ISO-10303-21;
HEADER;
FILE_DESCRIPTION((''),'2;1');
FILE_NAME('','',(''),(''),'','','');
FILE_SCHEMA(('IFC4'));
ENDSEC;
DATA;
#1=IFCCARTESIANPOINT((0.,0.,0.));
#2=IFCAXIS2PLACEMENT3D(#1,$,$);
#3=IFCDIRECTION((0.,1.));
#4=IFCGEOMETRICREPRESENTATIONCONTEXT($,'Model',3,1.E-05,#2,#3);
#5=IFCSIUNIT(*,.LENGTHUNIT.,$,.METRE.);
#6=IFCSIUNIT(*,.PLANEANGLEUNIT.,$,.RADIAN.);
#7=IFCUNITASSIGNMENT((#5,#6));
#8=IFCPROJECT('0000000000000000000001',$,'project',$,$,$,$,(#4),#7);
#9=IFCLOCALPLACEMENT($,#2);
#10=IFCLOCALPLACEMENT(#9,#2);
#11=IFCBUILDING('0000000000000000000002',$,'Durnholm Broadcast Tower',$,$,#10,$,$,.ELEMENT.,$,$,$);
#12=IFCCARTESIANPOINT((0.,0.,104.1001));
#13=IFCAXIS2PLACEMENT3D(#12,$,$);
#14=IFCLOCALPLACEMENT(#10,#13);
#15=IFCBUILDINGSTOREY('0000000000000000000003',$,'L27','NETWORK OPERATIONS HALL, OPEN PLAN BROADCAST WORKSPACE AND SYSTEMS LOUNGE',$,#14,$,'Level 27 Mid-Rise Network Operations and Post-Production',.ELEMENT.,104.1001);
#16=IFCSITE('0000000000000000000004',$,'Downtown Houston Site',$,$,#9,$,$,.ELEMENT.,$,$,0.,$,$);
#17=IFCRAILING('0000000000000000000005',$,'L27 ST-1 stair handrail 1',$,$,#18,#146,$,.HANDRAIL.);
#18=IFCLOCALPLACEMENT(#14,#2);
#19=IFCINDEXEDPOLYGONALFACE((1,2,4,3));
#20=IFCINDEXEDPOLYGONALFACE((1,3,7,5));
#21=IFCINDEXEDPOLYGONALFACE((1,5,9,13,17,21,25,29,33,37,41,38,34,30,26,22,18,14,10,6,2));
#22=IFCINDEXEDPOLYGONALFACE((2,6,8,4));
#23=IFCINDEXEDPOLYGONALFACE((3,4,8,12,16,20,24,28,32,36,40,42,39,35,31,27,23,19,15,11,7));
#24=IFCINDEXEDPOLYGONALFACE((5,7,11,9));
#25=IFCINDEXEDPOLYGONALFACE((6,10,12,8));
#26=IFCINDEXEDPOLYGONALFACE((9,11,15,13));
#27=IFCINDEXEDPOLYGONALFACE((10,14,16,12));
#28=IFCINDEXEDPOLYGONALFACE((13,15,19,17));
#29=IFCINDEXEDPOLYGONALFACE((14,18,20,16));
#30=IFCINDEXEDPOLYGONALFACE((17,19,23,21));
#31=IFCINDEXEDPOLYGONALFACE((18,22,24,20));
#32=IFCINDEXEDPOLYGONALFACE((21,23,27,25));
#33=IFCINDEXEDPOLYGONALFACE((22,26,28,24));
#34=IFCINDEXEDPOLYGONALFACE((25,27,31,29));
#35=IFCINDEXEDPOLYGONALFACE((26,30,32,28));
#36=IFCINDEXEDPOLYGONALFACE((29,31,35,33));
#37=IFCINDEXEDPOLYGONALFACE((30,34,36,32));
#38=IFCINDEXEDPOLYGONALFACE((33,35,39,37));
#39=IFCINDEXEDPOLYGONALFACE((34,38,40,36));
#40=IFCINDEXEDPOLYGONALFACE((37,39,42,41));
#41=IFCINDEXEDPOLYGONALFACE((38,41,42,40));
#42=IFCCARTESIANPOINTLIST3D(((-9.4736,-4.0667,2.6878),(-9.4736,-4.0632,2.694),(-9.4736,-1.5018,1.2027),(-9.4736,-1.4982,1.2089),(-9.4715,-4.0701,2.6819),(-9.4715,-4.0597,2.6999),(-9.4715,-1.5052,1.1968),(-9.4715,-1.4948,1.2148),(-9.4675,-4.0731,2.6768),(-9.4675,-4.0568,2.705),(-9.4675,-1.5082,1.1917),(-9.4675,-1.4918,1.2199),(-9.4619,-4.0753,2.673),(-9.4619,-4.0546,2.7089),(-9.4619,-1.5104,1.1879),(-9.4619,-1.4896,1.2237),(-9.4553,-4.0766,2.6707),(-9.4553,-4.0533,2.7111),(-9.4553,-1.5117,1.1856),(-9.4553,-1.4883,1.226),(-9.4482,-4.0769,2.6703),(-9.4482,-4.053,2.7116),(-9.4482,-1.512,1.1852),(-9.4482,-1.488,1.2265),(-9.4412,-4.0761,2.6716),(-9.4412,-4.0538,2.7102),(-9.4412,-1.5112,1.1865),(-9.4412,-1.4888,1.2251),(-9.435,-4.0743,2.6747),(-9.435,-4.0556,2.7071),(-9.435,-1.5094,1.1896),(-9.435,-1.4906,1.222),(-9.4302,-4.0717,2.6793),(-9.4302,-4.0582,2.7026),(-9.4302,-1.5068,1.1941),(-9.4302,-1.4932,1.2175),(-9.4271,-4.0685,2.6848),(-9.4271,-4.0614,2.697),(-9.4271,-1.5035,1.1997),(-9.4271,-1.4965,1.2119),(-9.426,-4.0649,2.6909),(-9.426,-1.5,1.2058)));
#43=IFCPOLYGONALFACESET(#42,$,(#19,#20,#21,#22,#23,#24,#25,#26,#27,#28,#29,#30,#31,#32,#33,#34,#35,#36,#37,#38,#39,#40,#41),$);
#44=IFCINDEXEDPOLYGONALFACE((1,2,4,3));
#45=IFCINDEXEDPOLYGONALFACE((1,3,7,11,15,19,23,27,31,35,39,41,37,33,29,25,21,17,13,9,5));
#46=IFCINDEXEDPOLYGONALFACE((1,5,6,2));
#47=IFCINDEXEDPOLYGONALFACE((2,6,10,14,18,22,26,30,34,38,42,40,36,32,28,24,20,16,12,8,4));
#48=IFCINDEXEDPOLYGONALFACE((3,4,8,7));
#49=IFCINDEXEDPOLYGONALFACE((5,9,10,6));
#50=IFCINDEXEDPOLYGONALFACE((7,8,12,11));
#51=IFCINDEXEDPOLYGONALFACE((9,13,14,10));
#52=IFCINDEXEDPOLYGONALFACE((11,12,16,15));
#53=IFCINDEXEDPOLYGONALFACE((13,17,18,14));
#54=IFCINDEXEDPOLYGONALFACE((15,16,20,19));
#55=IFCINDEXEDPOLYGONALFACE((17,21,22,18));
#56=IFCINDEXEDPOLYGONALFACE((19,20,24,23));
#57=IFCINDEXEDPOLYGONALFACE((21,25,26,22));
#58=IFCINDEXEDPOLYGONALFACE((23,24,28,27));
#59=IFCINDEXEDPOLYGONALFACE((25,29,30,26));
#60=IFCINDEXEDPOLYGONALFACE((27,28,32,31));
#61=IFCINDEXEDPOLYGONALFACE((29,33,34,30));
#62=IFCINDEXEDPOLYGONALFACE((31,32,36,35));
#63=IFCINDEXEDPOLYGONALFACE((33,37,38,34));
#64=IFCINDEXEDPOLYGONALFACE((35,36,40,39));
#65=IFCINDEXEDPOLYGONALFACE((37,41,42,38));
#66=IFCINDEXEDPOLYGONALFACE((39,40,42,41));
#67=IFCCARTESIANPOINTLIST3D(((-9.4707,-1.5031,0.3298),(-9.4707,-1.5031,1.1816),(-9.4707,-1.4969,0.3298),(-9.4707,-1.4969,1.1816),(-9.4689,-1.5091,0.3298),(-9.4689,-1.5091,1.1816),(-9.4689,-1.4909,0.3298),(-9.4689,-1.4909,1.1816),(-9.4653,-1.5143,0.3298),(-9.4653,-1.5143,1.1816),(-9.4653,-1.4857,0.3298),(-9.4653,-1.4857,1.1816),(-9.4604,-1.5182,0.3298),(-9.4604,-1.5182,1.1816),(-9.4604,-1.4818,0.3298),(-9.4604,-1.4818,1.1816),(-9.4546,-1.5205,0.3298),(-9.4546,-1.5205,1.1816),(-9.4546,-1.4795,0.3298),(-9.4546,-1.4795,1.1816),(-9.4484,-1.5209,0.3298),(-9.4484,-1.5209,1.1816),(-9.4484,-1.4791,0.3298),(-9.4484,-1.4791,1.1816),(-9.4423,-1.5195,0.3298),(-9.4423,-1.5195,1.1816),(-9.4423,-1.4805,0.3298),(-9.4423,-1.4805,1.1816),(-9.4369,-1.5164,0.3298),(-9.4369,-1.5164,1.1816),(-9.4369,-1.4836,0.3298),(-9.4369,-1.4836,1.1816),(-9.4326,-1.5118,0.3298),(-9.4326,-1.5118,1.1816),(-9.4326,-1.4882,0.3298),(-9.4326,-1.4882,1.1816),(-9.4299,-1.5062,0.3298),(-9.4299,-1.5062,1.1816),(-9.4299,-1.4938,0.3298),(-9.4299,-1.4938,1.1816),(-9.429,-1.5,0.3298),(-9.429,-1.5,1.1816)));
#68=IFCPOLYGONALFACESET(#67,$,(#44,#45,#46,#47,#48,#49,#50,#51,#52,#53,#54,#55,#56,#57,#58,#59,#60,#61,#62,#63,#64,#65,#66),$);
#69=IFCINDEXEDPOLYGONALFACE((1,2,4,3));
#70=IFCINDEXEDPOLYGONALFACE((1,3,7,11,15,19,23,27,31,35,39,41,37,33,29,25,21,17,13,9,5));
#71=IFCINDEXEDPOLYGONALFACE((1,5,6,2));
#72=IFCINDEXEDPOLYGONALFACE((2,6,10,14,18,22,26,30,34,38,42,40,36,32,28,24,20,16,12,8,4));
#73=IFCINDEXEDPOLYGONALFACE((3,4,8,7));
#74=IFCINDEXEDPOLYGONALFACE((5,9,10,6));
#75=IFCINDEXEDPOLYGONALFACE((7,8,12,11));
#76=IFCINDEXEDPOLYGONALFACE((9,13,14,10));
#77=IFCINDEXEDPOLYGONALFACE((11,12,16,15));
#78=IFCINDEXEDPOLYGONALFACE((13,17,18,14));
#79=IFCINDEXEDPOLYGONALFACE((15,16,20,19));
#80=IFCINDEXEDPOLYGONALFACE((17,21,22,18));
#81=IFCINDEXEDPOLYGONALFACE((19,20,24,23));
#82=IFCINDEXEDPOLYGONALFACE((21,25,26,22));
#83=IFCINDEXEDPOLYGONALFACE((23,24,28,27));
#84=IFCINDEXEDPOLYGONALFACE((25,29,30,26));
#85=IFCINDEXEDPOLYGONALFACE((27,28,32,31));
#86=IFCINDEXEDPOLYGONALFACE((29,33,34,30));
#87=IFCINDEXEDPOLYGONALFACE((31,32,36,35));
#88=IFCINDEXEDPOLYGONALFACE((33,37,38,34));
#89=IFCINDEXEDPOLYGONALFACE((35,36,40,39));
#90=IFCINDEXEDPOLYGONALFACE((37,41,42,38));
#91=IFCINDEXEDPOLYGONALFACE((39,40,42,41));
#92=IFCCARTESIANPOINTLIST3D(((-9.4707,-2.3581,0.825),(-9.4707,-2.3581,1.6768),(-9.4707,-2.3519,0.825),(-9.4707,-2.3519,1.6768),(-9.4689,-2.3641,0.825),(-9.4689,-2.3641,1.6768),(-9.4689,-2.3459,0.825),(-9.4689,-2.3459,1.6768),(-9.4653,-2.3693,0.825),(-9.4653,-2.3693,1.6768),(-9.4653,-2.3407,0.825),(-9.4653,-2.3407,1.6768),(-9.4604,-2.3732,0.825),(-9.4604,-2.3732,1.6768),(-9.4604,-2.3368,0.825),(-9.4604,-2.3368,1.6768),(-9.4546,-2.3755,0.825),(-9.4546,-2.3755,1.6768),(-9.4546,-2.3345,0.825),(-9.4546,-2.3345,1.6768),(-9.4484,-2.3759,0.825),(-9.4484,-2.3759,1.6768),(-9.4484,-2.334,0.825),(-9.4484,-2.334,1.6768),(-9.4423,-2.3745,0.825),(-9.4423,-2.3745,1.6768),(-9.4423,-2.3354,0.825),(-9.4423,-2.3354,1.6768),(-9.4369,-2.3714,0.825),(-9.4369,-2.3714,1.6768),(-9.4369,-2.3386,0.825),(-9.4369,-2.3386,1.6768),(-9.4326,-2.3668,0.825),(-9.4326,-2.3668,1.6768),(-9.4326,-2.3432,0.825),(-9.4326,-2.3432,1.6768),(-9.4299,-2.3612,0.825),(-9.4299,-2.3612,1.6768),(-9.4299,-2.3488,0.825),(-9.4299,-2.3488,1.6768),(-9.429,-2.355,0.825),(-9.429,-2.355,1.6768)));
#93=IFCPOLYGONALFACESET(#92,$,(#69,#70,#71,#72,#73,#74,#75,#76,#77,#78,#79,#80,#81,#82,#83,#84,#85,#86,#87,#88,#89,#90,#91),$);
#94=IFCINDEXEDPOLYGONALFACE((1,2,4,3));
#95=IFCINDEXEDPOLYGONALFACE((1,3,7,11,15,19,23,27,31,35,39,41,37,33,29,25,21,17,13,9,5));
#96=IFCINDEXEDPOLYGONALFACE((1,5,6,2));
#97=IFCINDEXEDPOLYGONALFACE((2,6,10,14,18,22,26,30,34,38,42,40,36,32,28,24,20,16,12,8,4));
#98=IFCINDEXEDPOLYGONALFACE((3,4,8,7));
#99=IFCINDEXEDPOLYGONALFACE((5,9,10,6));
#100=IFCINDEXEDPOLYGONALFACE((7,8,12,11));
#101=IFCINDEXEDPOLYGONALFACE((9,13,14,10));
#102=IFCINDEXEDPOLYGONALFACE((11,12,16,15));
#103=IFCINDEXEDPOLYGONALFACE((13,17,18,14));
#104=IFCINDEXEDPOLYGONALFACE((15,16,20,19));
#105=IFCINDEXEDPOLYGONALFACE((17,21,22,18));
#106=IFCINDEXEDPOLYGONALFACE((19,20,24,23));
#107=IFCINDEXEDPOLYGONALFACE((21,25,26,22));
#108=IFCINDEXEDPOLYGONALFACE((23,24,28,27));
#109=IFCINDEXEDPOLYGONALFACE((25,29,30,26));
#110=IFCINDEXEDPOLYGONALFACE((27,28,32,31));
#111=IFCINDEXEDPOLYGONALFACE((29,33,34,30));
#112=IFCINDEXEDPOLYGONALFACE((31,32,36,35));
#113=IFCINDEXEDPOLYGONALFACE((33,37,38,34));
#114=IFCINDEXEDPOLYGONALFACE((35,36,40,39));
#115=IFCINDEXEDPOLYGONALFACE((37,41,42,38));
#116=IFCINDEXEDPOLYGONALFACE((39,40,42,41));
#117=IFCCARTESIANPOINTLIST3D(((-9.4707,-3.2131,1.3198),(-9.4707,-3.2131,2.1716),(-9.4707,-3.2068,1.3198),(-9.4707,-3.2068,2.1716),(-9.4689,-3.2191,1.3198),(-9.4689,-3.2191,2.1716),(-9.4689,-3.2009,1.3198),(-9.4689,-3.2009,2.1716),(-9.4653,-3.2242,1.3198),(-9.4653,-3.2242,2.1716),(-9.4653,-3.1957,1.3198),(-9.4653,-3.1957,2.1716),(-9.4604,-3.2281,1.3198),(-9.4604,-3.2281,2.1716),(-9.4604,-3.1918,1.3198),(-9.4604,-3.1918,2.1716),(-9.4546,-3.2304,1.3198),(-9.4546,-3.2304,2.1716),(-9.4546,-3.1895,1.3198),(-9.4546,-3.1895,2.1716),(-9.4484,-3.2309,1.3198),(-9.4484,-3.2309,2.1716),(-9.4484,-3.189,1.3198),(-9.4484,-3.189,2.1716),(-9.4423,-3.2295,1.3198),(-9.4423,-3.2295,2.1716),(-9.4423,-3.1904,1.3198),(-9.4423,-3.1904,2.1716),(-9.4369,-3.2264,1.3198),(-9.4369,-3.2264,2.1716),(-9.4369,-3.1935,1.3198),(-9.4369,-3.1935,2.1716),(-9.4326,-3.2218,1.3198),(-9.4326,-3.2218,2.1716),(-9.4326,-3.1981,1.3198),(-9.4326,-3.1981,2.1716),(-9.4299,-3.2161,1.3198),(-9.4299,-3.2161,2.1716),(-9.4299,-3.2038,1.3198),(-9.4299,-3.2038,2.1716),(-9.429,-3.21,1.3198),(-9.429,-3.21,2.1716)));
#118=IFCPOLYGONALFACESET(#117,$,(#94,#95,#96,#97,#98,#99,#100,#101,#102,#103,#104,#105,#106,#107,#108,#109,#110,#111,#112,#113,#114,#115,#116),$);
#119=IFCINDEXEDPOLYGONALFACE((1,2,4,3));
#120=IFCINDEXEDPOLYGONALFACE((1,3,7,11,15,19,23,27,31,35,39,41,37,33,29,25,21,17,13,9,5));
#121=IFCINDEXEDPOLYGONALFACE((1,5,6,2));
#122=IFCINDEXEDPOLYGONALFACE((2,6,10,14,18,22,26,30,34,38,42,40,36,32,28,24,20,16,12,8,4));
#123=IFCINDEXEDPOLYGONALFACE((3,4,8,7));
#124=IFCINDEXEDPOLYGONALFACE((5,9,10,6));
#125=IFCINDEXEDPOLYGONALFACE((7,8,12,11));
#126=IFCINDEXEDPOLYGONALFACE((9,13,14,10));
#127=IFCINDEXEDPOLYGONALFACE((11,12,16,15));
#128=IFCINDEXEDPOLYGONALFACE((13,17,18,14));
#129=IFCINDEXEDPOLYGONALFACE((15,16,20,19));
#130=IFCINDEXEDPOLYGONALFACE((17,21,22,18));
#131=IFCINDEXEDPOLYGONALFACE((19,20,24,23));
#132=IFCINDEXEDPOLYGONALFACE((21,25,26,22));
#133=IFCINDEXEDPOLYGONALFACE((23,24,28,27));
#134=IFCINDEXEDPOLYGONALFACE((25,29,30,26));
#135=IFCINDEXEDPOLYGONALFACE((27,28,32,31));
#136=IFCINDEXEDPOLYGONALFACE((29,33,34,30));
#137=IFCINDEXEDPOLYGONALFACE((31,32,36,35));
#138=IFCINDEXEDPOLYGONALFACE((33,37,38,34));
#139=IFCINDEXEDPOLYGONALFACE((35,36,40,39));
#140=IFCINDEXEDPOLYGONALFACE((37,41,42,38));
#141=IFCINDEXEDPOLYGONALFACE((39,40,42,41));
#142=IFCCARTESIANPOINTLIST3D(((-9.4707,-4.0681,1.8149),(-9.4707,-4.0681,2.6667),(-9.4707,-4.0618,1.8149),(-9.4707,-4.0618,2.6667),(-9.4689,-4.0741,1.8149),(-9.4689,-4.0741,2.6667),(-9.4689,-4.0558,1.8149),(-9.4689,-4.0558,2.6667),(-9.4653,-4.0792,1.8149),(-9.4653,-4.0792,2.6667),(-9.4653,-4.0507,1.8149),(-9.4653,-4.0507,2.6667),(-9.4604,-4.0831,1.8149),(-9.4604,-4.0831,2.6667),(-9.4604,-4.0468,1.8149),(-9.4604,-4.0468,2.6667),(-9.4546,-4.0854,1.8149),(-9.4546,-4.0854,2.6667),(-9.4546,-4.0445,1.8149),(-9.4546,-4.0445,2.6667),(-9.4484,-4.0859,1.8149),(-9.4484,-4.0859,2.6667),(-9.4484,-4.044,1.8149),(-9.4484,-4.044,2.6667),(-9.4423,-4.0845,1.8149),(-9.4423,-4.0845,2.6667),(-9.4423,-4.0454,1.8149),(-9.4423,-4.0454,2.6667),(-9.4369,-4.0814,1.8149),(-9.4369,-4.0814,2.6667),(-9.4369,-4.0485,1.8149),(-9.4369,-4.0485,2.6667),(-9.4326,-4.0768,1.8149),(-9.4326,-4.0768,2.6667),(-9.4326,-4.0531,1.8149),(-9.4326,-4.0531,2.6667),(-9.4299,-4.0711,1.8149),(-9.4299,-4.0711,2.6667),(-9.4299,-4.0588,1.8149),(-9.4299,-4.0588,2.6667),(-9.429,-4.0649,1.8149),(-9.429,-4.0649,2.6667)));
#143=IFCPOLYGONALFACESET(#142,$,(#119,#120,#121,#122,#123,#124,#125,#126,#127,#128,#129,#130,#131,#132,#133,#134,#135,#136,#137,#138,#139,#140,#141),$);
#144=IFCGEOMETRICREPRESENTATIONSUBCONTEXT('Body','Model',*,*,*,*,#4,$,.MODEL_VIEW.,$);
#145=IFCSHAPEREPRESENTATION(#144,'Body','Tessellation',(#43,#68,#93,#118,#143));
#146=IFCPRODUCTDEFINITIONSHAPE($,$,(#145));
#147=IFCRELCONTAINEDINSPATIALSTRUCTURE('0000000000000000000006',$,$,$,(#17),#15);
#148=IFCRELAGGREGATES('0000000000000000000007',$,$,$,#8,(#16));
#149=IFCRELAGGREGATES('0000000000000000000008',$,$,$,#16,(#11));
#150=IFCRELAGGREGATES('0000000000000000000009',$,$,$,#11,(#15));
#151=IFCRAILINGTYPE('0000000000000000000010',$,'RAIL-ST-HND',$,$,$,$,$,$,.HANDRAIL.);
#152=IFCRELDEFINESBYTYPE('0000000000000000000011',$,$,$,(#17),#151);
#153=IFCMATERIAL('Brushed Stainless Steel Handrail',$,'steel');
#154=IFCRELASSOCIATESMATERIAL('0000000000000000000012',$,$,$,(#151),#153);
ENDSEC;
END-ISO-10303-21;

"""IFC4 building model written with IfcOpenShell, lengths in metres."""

from ifc_helpers import new_model, si_unit, direction, frame, origin, origin_2d, place, context, subcontext, project, spatial, circle, extrude, material, type_object, element, save


model = new_model("IFC4")

# Units and contexts
model_context = context("Model", 3, precision=1e-05, world=origin(), true_north=direction((0.0, 1.0)))
body_context = subcontext(model_context, "Body", "Model", "MODEL_VIEW")
ifc_project = project(units=[si_unit("LENGTHUNIT", "METRE"), si_unit("PLANEANGLEUNIT", "RADIAN")], contexts=[model_context])

# Site, building, storey
site_placement = place(None, origin())
site = spatial("IfcSite", under=ifc_project, at=site_placement, Name="Downtown Houston Site", CompositionType="ELEMENT", RefElevation=0.0)
building_placement = place(site_placement, origin())
building = spatial("IfcBuilding", under=site, at=building_placement, Name="Durnholm Broadcast Tower", CompositionType="ELEMENT")
storey_placement = place(building_placement, frame((0.0, 0.0, 104.1001)))
storey = spatial("IfcBuildingStorey", under=building, at=storey_placement, Name="L27", Description="NETWORK OPERATIONS HALL, OPEN PLAN BROADCAST WORKSPACE AND SYSTEMS LOUNGE", LongName="Level 27 Mid-Rise Network Operations and Post-Production", CompositionType="ELEMENT", Elevation=104.1001)

# Railing
ifc_material_1 = material(Name="Brushed Stainless Steel Handrail", Category="steel")
railing_type = type_object("IfcRailingType", Name="RAIL-ST-HND", PredefinedType="HANDRAIL", material=ifc_material_1)
railing_placement = place(storey_placement, frame((-9.45, -1.5, 0.3298)))
element("IfcRailing", 1, at=railing_placement, inside=storey, type_object=railing_type, Name="L27 ST-1 stair handrail 1", PredefinedType="HANDRAIL", context=body_context, shape_type="SweptSolid", body=[
    extrude(circle(Radius=0.0239, at=origin_2d()), frame((0.0, 0.0, 0.876), z_axis=(0.0, -0.865406, 0.501072), x_axis=(1.0, 0.0, 0.0)), (0.0, 0.0, 1.0), 2.9639),
    extrude(circle(Radius=0.021, at=origin_2d()), origin(), (0.0, 0.0, 1.0), 0.8518),
    extrude(circle(Radius=0.021, at=origin_2d()), frame((0.0, -0.855, 0.4951)), (0.0, 0.0, 1.0), 0.8518),
    extrude(circle(Radius=0.021, at=origin_2d()), frame((0.0, -1.71, 0.99)), (0.0, 0.0, 1.0), 0.8518),
    extrude(circle(Radius=0.021, at=origin_2d()), frame((0.0, -2.5649, 1.4851)), (0.0, 0.0, 1.0), 0.8518),
])

save(model, "model.ifc")
